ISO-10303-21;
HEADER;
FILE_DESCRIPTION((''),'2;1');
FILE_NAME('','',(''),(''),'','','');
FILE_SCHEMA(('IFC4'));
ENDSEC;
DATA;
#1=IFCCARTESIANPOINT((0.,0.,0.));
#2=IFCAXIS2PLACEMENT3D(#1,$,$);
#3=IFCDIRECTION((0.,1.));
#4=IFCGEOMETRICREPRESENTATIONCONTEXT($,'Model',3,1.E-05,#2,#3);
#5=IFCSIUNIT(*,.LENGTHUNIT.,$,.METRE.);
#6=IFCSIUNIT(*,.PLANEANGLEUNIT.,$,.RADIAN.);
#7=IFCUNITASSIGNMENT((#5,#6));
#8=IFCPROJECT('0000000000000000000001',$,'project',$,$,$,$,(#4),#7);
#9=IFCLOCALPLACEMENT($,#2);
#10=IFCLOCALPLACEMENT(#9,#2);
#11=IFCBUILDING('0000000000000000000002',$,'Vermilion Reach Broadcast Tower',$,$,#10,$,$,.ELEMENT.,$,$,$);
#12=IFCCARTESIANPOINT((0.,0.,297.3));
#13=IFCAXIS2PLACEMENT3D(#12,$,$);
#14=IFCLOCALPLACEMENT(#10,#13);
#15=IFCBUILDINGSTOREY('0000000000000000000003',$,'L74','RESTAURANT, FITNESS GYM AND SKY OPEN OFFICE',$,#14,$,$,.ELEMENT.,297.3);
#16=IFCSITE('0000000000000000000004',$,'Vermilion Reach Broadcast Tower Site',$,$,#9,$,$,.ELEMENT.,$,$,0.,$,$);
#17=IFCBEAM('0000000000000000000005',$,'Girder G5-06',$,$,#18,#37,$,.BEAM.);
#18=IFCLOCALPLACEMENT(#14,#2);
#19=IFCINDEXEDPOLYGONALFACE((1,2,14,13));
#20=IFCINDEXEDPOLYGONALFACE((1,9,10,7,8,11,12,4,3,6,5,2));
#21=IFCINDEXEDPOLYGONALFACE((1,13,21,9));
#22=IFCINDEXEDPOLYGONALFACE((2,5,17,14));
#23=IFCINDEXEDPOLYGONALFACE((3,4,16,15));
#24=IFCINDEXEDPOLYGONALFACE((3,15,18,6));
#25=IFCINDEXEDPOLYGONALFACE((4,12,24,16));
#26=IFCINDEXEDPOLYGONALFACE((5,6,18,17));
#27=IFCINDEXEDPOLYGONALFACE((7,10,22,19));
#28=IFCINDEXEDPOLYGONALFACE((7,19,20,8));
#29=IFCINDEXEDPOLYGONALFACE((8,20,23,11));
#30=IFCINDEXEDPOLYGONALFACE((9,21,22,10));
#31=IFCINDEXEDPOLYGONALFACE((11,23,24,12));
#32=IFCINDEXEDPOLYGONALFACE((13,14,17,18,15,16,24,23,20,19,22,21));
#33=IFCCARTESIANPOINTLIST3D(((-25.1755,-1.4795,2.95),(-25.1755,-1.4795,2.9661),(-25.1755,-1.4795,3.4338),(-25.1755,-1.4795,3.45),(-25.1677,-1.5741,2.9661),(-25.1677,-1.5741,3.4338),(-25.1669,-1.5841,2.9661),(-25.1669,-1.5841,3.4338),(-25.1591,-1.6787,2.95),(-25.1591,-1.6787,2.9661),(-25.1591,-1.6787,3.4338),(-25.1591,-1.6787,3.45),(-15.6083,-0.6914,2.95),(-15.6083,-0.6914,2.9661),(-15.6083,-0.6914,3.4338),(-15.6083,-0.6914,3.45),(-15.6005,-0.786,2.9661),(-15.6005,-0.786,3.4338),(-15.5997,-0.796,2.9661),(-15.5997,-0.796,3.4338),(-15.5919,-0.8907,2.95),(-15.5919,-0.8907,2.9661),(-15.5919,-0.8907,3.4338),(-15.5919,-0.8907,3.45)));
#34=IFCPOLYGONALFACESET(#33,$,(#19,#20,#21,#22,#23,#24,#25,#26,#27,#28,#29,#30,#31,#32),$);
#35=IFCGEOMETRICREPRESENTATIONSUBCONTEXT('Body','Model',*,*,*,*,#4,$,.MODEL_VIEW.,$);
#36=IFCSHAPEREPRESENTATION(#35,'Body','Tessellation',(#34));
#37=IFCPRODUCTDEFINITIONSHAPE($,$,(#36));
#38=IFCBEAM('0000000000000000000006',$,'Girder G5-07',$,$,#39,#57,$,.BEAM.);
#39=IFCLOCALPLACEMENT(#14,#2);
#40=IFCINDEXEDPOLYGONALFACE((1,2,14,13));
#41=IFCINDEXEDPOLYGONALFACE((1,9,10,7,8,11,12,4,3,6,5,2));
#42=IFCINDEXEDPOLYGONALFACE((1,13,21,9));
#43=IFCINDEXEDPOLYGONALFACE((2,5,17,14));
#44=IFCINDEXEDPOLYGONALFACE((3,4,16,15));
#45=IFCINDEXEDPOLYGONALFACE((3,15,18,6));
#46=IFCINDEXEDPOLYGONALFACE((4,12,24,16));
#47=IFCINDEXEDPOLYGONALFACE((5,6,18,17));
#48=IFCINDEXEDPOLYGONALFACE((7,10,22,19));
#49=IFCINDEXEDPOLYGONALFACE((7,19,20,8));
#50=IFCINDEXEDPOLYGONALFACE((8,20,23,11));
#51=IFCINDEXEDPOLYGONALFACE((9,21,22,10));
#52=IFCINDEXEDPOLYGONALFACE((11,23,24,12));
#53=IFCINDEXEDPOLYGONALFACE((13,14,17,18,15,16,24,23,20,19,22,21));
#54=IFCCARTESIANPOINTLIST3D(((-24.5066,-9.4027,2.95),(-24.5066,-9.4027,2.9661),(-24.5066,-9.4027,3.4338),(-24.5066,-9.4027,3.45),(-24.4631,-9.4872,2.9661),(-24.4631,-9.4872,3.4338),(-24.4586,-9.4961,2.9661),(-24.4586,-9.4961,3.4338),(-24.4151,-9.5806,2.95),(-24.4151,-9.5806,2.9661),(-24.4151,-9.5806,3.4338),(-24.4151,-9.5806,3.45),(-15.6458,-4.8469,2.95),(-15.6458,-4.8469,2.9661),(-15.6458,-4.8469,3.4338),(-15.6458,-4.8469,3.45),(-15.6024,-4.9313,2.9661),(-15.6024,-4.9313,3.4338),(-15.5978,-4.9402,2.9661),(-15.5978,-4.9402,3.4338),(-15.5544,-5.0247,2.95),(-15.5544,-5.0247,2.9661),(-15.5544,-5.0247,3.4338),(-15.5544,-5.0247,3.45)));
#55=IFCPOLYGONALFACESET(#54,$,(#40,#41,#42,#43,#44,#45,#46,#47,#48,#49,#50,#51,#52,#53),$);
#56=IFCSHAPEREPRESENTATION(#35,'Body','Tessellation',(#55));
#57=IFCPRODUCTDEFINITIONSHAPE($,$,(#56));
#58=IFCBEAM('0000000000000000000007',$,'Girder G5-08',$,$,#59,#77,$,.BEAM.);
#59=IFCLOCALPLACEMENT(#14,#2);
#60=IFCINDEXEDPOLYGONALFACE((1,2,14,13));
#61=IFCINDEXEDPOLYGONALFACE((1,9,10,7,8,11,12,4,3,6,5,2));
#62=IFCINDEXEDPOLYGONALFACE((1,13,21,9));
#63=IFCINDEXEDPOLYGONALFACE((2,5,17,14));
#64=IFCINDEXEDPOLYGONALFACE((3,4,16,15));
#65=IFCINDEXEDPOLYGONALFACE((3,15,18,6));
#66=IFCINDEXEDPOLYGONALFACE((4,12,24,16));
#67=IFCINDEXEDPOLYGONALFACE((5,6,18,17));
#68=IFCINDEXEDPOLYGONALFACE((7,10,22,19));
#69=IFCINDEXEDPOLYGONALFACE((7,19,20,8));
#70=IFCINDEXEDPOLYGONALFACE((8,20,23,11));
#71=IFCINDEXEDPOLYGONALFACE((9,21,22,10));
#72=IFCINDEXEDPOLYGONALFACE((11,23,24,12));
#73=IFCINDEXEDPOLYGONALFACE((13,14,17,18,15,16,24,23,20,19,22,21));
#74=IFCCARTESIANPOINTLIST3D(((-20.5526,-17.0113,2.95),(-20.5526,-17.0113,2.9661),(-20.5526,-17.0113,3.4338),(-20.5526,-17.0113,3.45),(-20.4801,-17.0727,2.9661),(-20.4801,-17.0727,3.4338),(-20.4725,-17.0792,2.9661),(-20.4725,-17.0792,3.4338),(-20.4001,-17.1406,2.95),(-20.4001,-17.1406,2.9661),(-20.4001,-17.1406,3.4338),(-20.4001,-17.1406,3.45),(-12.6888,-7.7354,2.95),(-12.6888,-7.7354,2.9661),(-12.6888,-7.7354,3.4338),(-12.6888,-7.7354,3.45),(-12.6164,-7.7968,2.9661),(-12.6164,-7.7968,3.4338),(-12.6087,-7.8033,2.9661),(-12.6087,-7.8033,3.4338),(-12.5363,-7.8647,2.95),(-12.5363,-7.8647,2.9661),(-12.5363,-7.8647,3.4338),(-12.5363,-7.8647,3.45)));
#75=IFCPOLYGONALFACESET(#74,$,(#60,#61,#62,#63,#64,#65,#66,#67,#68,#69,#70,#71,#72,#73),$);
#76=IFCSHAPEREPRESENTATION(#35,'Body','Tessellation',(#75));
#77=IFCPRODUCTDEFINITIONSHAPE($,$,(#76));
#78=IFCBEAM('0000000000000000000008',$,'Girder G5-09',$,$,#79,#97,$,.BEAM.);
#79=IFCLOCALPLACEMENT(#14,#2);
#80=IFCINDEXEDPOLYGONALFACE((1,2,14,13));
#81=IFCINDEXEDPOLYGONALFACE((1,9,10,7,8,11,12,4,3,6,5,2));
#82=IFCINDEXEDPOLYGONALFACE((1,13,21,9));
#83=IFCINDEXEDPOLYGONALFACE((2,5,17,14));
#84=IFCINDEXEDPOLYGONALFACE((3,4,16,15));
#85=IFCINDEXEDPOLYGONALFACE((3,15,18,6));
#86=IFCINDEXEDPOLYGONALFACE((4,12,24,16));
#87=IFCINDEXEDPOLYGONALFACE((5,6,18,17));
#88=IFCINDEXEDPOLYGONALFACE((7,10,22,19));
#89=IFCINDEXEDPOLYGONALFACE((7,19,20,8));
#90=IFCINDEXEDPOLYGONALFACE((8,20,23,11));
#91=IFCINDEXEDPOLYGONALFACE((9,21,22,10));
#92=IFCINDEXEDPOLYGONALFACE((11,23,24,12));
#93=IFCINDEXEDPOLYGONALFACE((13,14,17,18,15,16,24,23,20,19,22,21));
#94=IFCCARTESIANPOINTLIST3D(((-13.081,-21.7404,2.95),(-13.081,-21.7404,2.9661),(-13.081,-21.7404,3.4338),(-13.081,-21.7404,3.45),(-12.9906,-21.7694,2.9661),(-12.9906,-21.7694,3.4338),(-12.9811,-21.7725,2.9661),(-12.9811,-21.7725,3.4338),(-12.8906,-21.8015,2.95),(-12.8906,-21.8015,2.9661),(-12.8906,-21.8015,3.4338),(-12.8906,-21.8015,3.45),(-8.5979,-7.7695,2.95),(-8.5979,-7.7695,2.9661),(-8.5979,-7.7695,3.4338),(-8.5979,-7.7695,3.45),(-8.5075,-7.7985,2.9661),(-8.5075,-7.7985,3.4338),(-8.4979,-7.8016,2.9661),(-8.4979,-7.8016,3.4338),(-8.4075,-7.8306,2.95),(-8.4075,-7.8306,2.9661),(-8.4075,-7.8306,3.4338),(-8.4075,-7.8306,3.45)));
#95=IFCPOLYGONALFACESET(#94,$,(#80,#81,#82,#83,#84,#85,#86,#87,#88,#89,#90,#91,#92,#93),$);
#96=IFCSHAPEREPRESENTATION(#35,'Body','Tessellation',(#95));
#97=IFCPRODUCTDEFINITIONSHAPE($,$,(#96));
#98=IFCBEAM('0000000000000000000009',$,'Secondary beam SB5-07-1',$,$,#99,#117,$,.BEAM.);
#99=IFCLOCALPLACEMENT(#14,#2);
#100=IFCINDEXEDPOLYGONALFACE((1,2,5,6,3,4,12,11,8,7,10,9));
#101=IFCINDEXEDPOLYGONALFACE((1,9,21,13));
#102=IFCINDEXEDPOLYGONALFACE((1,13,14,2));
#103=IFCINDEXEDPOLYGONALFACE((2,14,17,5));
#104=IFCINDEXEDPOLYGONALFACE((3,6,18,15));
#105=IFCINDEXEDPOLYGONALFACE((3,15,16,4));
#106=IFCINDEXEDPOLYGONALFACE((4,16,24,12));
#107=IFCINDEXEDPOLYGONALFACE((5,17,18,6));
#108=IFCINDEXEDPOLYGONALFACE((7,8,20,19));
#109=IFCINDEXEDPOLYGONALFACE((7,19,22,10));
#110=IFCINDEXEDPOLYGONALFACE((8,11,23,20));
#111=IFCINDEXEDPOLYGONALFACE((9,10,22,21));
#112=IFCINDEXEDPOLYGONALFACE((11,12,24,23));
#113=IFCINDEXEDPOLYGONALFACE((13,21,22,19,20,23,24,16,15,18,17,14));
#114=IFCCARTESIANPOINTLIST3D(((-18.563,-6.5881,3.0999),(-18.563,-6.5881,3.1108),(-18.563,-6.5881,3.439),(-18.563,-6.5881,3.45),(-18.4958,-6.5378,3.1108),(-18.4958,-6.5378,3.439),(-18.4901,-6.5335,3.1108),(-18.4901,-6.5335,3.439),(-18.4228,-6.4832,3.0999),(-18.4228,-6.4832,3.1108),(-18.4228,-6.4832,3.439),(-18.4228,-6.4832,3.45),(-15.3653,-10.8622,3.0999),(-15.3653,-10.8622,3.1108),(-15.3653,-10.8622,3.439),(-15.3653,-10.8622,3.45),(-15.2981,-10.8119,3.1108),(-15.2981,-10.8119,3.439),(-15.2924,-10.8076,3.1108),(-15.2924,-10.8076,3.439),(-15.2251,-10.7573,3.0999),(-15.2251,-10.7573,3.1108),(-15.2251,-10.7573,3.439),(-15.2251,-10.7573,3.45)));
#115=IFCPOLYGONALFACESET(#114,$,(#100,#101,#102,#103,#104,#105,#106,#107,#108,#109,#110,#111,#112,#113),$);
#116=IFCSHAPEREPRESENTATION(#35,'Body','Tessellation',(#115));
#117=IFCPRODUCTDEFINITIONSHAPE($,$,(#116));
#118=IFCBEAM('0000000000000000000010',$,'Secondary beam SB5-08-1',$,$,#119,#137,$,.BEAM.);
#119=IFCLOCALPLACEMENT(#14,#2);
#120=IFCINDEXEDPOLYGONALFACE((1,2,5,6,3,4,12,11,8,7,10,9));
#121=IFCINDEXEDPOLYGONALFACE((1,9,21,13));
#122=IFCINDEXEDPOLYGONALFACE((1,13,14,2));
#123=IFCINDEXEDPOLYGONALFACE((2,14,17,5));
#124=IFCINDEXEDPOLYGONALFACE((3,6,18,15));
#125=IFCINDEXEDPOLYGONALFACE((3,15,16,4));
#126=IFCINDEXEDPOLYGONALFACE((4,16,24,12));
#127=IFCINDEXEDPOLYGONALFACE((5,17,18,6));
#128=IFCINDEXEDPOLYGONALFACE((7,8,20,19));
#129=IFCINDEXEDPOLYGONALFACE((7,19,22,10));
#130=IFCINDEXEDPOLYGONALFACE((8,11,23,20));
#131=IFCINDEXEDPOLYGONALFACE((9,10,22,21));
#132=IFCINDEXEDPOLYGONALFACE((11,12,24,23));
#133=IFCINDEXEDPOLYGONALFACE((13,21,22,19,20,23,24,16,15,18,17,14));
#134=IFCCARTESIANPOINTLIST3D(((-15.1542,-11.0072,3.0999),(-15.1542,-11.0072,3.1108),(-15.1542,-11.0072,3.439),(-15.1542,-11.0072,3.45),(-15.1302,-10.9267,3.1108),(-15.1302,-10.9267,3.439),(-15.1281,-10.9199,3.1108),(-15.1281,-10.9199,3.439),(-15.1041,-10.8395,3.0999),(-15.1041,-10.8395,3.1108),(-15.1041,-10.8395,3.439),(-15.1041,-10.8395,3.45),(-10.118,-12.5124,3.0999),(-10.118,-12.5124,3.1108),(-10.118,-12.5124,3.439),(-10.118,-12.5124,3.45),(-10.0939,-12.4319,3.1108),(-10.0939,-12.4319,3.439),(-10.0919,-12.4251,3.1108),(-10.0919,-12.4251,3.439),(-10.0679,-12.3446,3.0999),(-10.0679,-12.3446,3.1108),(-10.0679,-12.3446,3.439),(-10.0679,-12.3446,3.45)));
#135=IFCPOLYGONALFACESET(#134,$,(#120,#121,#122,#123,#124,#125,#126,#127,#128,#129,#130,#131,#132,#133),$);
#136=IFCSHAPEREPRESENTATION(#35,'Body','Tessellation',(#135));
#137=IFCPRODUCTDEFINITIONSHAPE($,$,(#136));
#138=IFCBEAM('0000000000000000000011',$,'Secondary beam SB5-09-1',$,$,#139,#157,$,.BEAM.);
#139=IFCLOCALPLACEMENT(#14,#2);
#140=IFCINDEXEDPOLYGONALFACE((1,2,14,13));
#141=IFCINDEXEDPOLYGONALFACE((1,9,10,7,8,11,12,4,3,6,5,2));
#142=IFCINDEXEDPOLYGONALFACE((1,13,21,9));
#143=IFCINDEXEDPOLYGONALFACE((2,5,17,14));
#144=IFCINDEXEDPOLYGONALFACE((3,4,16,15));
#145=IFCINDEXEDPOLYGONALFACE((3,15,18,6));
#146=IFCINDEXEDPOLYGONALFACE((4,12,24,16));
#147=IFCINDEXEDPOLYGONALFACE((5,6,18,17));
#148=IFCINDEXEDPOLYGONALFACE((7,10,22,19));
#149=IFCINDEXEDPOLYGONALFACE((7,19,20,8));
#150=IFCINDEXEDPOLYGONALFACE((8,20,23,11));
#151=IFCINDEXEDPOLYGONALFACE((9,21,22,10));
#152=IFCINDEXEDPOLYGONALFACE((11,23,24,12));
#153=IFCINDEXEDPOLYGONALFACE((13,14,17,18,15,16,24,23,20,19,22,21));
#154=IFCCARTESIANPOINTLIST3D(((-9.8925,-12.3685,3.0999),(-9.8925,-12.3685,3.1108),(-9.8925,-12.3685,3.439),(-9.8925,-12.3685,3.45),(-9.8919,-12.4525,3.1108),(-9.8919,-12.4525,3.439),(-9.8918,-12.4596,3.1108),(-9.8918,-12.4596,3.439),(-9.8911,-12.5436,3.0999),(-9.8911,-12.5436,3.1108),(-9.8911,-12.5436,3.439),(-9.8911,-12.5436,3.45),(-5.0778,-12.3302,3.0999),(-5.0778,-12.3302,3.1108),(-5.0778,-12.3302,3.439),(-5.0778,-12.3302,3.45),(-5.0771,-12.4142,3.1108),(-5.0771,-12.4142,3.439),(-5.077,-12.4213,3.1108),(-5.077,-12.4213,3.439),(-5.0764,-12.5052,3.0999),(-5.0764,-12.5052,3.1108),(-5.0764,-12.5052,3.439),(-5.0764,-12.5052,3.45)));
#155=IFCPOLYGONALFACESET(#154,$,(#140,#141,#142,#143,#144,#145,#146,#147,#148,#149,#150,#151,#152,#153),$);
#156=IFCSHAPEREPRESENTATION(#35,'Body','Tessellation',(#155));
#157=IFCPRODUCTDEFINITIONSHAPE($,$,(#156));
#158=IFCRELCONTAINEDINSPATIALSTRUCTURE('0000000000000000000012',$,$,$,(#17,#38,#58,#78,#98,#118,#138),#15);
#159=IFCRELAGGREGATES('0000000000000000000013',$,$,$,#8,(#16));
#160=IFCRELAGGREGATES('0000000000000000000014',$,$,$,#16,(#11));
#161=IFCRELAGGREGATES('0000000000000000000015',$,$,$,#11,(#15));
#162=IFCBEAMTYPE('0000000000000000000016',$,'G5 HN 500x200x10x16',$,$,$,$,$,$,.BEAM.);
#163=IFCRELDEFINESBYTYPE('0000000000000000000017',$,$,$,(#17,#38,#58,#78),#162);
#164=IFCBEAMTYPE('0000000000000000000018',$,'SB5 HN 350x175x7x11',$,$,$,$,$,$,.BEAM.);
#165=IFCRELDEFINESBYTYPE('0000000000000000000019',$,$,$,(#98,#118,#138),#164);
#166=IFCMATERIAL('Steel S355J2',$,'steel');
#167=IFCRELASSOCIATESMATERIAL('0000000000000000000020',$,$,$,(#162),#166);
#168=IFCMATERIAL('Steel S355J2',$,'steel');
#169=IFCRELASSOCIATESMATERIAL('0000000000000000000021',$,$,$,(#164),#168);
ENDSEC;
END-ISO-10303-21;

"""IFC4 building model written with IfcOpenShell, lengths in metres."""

from ifc_helpers import new_model, si_unit, direction, frame, origin, origin_2d, place, context, subcontext, project, spatial, i_section, extrude, material, material_profile, profile_set, type_object, element, save


model = new_model("IFC4")

# Units and contexts
model_context = context("Model", 3, precision=1e-05, world=origin(), true_north=direction((0.0, 1.0)))
body_context = subcontext(model_context, "Body", "Model", "MODEL_VIEW")
ifc_project = project(units=[si_unit("LENGTHUNIT", "METRE"), si_unit("PLANEANGLEUNIT", "RADIAN")], contexts=[model_context])

# Site, building, storey
site_placement = place(None, origin())
site = spatial("IfcSite", under=ifc_project, at=site_placement, Name="Vermilion Reach Broadcast Tower Site", CompositionType="ELEMENT", RefElevation=0.0)
building_placement = place(site_placement, origin())
building = spatial("IfcBuilding", under=site, at=building_placement, Name="Vermilion Reach Broadcast Tower", CompositionType="ELEMENT")
storey_placement = place(building_placement, frame((0.0, 0.0, 297.3)))
storey = spatial("IfcBuildingStorey", under=building, at=storey_placement, Name="L74", Description="RESTAURANT, FITNESS GYM AND SKY OPEN OFFICE", CompositionType="ELEMENT", Elevation=297.3)

# Beams
ifc_material_1 = material(Name="Steel S355J2", Category="steel")
ifc_material_profile_1 = material_profile(ifc_material_1, i_section(OverallWidth=0.2, OverallDepth=0.5, WebThickness=0.01, FlangeThickness=0.0161, at=origin_2d()), Name="S355J2 HN 500x200x10x16")
ifc_profile_set_1 = profile_set([ifc_material_profile_1], Name="Steel S355J2")
beam_type_1 = type_object("IfcBeamType", Name="G5 HN 500x200x10x16", PredefinedType="BEAM", material=ifc_profile_set_1)
beam_1_placement = place(storey_placement, frame((-15.6001, -0.791, 3.2), z_axis=(-0.996624, -0.082096, 0.0), x_axis=(0.082096, -0.996624, 0.0)))
element("IfcBeam", 1, at=beam_1_placement, inside=storey, type_object=beam_type_1, Name="Girder G5-06", PredefinedType="BEAM", context=body_context, shape_type="SweptSolid", body=[
    extrude(i_section(OverallWidth=0.2, OverallDepth=0.5, WebThickness=0.01, FlangeThickness=0.0161, at=origin_2d()), origin(), (0.0, 0.0, 1.0), 9.5996),
])
beam_2_placement = place(storey_placement, frame((-15.6001, -4.9358, 3.2), z_axis=(-0.889333, -0.457261, 0.0), x_axis=(0.457261, -0.889333, 0.0)))
element("IfcBeam", 2, at=beam_2_placement, inside=storey, type_object=beam_type_1, Name="Girder G5-07", PredefinedType="BEAM", context=body_context, shape_type="SweptSolid", body=[
    extrude(i_section(OverallWidth=0.2, OverallDepth=0.5, WebThickness=0.01, FlangeThickness=0.0161, at=origin_2d()), origin(), (0.0, 0.0, 1.0), 9.9634),
])
beam_3_placement = place(storey_placement, frame((-12.6125, -7.8, 3.2), z_axis=(-0.646658, -0.76278, 0.0), x_axis=(0.76278, -0.646658, 0.0)))
element("IfcBeam", 3, at=beam_3_placement, inside=storey, type_object=beam_type_1, Name="Girder G5-08", PredefinedType="BEAM", context=body_context, shape_type="SweptSolid", body=[
    extrude(i_section(OverallWidth=0.2, OverallDepth=0.5, WebThickness=0.01, FlangeThickness=0.0161, at=origin_2d()), origin(), (0.0, 0.0, 1.0), 12.1606),
])
beam_4_placement = place(storey_placement, frame((-8.5027, -7.8, 3.2), z_axis=(-0.305545, -0.952178, 0.0), x_axis=(0.952178, -0.305545, 0.0)))
element("IfcBeam", 4, at=beam_4_placement, inside=storey, type_object=beam_type_1, Name="Girder G5-09", PredefinedType="BEAM", context=body_context, shape_type="SweptSolid", body=[
    extrude(i_section(OverallWidth=0.2, OverallDepth=0.5, WebThickness=0.01, FlangeThickness=0.0161, at=origin_2d()), origin(), (0.0, 0.0, 1.0), 14.6726),
])
ifc_material_2 = material(Name="Steel S355J2", Category="steel")
ifc_material_profile_2 = material_profile(ifc_material_2, i_section(OverallWidth=0.175, OverallDepth=0.3501, WebThickness=0.0071, FlangeThickness=0.011, at=origin_2d()), Name="S355J2 HN 350x175x7x11")
ifc_profile_set_2 = profile_set([ifc_material_profile_2], Name="Steel S355J2")
beam_type_2 = type_object("IfcBeamType", Name="SB5 HN 350x175x7x11", PredefinedType="BEAM", material=ifc_profile_set_2)
beam_5_placement = place(storey_placement, frame((-18.4929, -6.5356, 3.2749), z_axis=(0.599056, -0.800707, 0.0), x_axis=(0.800707, 0.599056, 0.0)))
element("IfcBeam", 5, at=beam_5_placement, inside=storey, type_object=beam_type_2, Name="Secondary beam SB5-07-1", PredefinedType="BEAM", context=body_context, shape_type="SweptSolid", body=[
    extrude(i_section(OverallWidth=0.175, OverallDepth=0.3501, WebThickness=0.0071, FlangeThickness=0.011, at=origin_2d()), origin(), (0.0, 0.0, 1.0), 5.3379),
])
beam_6_placement = place(storey_placement, frame((-15.1292, -10.9233, 3.2749), z_axis=(0.958125, -0.286351, 0.0), x_axis=(0.286351, 0.958125, 0.0)))
element("IfcBeam", 6, at=beam_6_placement, inside=storey, type_object=beam_type_2, Name="Secondary beam SB5-08-1", PredefinedType="BEAM", context=body_context, shape_type="SweptSolid", body=[
    extrude(i_section(OverallWidth=0.175, OverallDepth=0.3501, WebThickness=0.0071, FlangeThickness=0.011, at=origin_2d()), origin(), (0.0, 0.0, 1.0), 5.2563),
])
beam_7_placement = place(storey_placement, frame((-9.8918, -12.4561, 3.2749), z_axis=(0.999968, 0.007961, 0.0), x_axis=(-0.007961, 0.999968, 0.0)))
element("IfcBeam", 7, at=beam_7_placement, inside=storey, type_object=beam_type_2, Name="Secondary beam SB5-09-1", PredefinedType="BEAM", context=body_context, shape_type="SweptSolid", body=[
    extrude(i_section(OverallWidth=0.175, OverallDepth=0.3501, WebThickness=0.0071, FlangeThickness=0.011, at=origin_2d()), origin(), (0.0, 0.0, 1.0), 4.8149),
])

save(model, "model.ifc")
